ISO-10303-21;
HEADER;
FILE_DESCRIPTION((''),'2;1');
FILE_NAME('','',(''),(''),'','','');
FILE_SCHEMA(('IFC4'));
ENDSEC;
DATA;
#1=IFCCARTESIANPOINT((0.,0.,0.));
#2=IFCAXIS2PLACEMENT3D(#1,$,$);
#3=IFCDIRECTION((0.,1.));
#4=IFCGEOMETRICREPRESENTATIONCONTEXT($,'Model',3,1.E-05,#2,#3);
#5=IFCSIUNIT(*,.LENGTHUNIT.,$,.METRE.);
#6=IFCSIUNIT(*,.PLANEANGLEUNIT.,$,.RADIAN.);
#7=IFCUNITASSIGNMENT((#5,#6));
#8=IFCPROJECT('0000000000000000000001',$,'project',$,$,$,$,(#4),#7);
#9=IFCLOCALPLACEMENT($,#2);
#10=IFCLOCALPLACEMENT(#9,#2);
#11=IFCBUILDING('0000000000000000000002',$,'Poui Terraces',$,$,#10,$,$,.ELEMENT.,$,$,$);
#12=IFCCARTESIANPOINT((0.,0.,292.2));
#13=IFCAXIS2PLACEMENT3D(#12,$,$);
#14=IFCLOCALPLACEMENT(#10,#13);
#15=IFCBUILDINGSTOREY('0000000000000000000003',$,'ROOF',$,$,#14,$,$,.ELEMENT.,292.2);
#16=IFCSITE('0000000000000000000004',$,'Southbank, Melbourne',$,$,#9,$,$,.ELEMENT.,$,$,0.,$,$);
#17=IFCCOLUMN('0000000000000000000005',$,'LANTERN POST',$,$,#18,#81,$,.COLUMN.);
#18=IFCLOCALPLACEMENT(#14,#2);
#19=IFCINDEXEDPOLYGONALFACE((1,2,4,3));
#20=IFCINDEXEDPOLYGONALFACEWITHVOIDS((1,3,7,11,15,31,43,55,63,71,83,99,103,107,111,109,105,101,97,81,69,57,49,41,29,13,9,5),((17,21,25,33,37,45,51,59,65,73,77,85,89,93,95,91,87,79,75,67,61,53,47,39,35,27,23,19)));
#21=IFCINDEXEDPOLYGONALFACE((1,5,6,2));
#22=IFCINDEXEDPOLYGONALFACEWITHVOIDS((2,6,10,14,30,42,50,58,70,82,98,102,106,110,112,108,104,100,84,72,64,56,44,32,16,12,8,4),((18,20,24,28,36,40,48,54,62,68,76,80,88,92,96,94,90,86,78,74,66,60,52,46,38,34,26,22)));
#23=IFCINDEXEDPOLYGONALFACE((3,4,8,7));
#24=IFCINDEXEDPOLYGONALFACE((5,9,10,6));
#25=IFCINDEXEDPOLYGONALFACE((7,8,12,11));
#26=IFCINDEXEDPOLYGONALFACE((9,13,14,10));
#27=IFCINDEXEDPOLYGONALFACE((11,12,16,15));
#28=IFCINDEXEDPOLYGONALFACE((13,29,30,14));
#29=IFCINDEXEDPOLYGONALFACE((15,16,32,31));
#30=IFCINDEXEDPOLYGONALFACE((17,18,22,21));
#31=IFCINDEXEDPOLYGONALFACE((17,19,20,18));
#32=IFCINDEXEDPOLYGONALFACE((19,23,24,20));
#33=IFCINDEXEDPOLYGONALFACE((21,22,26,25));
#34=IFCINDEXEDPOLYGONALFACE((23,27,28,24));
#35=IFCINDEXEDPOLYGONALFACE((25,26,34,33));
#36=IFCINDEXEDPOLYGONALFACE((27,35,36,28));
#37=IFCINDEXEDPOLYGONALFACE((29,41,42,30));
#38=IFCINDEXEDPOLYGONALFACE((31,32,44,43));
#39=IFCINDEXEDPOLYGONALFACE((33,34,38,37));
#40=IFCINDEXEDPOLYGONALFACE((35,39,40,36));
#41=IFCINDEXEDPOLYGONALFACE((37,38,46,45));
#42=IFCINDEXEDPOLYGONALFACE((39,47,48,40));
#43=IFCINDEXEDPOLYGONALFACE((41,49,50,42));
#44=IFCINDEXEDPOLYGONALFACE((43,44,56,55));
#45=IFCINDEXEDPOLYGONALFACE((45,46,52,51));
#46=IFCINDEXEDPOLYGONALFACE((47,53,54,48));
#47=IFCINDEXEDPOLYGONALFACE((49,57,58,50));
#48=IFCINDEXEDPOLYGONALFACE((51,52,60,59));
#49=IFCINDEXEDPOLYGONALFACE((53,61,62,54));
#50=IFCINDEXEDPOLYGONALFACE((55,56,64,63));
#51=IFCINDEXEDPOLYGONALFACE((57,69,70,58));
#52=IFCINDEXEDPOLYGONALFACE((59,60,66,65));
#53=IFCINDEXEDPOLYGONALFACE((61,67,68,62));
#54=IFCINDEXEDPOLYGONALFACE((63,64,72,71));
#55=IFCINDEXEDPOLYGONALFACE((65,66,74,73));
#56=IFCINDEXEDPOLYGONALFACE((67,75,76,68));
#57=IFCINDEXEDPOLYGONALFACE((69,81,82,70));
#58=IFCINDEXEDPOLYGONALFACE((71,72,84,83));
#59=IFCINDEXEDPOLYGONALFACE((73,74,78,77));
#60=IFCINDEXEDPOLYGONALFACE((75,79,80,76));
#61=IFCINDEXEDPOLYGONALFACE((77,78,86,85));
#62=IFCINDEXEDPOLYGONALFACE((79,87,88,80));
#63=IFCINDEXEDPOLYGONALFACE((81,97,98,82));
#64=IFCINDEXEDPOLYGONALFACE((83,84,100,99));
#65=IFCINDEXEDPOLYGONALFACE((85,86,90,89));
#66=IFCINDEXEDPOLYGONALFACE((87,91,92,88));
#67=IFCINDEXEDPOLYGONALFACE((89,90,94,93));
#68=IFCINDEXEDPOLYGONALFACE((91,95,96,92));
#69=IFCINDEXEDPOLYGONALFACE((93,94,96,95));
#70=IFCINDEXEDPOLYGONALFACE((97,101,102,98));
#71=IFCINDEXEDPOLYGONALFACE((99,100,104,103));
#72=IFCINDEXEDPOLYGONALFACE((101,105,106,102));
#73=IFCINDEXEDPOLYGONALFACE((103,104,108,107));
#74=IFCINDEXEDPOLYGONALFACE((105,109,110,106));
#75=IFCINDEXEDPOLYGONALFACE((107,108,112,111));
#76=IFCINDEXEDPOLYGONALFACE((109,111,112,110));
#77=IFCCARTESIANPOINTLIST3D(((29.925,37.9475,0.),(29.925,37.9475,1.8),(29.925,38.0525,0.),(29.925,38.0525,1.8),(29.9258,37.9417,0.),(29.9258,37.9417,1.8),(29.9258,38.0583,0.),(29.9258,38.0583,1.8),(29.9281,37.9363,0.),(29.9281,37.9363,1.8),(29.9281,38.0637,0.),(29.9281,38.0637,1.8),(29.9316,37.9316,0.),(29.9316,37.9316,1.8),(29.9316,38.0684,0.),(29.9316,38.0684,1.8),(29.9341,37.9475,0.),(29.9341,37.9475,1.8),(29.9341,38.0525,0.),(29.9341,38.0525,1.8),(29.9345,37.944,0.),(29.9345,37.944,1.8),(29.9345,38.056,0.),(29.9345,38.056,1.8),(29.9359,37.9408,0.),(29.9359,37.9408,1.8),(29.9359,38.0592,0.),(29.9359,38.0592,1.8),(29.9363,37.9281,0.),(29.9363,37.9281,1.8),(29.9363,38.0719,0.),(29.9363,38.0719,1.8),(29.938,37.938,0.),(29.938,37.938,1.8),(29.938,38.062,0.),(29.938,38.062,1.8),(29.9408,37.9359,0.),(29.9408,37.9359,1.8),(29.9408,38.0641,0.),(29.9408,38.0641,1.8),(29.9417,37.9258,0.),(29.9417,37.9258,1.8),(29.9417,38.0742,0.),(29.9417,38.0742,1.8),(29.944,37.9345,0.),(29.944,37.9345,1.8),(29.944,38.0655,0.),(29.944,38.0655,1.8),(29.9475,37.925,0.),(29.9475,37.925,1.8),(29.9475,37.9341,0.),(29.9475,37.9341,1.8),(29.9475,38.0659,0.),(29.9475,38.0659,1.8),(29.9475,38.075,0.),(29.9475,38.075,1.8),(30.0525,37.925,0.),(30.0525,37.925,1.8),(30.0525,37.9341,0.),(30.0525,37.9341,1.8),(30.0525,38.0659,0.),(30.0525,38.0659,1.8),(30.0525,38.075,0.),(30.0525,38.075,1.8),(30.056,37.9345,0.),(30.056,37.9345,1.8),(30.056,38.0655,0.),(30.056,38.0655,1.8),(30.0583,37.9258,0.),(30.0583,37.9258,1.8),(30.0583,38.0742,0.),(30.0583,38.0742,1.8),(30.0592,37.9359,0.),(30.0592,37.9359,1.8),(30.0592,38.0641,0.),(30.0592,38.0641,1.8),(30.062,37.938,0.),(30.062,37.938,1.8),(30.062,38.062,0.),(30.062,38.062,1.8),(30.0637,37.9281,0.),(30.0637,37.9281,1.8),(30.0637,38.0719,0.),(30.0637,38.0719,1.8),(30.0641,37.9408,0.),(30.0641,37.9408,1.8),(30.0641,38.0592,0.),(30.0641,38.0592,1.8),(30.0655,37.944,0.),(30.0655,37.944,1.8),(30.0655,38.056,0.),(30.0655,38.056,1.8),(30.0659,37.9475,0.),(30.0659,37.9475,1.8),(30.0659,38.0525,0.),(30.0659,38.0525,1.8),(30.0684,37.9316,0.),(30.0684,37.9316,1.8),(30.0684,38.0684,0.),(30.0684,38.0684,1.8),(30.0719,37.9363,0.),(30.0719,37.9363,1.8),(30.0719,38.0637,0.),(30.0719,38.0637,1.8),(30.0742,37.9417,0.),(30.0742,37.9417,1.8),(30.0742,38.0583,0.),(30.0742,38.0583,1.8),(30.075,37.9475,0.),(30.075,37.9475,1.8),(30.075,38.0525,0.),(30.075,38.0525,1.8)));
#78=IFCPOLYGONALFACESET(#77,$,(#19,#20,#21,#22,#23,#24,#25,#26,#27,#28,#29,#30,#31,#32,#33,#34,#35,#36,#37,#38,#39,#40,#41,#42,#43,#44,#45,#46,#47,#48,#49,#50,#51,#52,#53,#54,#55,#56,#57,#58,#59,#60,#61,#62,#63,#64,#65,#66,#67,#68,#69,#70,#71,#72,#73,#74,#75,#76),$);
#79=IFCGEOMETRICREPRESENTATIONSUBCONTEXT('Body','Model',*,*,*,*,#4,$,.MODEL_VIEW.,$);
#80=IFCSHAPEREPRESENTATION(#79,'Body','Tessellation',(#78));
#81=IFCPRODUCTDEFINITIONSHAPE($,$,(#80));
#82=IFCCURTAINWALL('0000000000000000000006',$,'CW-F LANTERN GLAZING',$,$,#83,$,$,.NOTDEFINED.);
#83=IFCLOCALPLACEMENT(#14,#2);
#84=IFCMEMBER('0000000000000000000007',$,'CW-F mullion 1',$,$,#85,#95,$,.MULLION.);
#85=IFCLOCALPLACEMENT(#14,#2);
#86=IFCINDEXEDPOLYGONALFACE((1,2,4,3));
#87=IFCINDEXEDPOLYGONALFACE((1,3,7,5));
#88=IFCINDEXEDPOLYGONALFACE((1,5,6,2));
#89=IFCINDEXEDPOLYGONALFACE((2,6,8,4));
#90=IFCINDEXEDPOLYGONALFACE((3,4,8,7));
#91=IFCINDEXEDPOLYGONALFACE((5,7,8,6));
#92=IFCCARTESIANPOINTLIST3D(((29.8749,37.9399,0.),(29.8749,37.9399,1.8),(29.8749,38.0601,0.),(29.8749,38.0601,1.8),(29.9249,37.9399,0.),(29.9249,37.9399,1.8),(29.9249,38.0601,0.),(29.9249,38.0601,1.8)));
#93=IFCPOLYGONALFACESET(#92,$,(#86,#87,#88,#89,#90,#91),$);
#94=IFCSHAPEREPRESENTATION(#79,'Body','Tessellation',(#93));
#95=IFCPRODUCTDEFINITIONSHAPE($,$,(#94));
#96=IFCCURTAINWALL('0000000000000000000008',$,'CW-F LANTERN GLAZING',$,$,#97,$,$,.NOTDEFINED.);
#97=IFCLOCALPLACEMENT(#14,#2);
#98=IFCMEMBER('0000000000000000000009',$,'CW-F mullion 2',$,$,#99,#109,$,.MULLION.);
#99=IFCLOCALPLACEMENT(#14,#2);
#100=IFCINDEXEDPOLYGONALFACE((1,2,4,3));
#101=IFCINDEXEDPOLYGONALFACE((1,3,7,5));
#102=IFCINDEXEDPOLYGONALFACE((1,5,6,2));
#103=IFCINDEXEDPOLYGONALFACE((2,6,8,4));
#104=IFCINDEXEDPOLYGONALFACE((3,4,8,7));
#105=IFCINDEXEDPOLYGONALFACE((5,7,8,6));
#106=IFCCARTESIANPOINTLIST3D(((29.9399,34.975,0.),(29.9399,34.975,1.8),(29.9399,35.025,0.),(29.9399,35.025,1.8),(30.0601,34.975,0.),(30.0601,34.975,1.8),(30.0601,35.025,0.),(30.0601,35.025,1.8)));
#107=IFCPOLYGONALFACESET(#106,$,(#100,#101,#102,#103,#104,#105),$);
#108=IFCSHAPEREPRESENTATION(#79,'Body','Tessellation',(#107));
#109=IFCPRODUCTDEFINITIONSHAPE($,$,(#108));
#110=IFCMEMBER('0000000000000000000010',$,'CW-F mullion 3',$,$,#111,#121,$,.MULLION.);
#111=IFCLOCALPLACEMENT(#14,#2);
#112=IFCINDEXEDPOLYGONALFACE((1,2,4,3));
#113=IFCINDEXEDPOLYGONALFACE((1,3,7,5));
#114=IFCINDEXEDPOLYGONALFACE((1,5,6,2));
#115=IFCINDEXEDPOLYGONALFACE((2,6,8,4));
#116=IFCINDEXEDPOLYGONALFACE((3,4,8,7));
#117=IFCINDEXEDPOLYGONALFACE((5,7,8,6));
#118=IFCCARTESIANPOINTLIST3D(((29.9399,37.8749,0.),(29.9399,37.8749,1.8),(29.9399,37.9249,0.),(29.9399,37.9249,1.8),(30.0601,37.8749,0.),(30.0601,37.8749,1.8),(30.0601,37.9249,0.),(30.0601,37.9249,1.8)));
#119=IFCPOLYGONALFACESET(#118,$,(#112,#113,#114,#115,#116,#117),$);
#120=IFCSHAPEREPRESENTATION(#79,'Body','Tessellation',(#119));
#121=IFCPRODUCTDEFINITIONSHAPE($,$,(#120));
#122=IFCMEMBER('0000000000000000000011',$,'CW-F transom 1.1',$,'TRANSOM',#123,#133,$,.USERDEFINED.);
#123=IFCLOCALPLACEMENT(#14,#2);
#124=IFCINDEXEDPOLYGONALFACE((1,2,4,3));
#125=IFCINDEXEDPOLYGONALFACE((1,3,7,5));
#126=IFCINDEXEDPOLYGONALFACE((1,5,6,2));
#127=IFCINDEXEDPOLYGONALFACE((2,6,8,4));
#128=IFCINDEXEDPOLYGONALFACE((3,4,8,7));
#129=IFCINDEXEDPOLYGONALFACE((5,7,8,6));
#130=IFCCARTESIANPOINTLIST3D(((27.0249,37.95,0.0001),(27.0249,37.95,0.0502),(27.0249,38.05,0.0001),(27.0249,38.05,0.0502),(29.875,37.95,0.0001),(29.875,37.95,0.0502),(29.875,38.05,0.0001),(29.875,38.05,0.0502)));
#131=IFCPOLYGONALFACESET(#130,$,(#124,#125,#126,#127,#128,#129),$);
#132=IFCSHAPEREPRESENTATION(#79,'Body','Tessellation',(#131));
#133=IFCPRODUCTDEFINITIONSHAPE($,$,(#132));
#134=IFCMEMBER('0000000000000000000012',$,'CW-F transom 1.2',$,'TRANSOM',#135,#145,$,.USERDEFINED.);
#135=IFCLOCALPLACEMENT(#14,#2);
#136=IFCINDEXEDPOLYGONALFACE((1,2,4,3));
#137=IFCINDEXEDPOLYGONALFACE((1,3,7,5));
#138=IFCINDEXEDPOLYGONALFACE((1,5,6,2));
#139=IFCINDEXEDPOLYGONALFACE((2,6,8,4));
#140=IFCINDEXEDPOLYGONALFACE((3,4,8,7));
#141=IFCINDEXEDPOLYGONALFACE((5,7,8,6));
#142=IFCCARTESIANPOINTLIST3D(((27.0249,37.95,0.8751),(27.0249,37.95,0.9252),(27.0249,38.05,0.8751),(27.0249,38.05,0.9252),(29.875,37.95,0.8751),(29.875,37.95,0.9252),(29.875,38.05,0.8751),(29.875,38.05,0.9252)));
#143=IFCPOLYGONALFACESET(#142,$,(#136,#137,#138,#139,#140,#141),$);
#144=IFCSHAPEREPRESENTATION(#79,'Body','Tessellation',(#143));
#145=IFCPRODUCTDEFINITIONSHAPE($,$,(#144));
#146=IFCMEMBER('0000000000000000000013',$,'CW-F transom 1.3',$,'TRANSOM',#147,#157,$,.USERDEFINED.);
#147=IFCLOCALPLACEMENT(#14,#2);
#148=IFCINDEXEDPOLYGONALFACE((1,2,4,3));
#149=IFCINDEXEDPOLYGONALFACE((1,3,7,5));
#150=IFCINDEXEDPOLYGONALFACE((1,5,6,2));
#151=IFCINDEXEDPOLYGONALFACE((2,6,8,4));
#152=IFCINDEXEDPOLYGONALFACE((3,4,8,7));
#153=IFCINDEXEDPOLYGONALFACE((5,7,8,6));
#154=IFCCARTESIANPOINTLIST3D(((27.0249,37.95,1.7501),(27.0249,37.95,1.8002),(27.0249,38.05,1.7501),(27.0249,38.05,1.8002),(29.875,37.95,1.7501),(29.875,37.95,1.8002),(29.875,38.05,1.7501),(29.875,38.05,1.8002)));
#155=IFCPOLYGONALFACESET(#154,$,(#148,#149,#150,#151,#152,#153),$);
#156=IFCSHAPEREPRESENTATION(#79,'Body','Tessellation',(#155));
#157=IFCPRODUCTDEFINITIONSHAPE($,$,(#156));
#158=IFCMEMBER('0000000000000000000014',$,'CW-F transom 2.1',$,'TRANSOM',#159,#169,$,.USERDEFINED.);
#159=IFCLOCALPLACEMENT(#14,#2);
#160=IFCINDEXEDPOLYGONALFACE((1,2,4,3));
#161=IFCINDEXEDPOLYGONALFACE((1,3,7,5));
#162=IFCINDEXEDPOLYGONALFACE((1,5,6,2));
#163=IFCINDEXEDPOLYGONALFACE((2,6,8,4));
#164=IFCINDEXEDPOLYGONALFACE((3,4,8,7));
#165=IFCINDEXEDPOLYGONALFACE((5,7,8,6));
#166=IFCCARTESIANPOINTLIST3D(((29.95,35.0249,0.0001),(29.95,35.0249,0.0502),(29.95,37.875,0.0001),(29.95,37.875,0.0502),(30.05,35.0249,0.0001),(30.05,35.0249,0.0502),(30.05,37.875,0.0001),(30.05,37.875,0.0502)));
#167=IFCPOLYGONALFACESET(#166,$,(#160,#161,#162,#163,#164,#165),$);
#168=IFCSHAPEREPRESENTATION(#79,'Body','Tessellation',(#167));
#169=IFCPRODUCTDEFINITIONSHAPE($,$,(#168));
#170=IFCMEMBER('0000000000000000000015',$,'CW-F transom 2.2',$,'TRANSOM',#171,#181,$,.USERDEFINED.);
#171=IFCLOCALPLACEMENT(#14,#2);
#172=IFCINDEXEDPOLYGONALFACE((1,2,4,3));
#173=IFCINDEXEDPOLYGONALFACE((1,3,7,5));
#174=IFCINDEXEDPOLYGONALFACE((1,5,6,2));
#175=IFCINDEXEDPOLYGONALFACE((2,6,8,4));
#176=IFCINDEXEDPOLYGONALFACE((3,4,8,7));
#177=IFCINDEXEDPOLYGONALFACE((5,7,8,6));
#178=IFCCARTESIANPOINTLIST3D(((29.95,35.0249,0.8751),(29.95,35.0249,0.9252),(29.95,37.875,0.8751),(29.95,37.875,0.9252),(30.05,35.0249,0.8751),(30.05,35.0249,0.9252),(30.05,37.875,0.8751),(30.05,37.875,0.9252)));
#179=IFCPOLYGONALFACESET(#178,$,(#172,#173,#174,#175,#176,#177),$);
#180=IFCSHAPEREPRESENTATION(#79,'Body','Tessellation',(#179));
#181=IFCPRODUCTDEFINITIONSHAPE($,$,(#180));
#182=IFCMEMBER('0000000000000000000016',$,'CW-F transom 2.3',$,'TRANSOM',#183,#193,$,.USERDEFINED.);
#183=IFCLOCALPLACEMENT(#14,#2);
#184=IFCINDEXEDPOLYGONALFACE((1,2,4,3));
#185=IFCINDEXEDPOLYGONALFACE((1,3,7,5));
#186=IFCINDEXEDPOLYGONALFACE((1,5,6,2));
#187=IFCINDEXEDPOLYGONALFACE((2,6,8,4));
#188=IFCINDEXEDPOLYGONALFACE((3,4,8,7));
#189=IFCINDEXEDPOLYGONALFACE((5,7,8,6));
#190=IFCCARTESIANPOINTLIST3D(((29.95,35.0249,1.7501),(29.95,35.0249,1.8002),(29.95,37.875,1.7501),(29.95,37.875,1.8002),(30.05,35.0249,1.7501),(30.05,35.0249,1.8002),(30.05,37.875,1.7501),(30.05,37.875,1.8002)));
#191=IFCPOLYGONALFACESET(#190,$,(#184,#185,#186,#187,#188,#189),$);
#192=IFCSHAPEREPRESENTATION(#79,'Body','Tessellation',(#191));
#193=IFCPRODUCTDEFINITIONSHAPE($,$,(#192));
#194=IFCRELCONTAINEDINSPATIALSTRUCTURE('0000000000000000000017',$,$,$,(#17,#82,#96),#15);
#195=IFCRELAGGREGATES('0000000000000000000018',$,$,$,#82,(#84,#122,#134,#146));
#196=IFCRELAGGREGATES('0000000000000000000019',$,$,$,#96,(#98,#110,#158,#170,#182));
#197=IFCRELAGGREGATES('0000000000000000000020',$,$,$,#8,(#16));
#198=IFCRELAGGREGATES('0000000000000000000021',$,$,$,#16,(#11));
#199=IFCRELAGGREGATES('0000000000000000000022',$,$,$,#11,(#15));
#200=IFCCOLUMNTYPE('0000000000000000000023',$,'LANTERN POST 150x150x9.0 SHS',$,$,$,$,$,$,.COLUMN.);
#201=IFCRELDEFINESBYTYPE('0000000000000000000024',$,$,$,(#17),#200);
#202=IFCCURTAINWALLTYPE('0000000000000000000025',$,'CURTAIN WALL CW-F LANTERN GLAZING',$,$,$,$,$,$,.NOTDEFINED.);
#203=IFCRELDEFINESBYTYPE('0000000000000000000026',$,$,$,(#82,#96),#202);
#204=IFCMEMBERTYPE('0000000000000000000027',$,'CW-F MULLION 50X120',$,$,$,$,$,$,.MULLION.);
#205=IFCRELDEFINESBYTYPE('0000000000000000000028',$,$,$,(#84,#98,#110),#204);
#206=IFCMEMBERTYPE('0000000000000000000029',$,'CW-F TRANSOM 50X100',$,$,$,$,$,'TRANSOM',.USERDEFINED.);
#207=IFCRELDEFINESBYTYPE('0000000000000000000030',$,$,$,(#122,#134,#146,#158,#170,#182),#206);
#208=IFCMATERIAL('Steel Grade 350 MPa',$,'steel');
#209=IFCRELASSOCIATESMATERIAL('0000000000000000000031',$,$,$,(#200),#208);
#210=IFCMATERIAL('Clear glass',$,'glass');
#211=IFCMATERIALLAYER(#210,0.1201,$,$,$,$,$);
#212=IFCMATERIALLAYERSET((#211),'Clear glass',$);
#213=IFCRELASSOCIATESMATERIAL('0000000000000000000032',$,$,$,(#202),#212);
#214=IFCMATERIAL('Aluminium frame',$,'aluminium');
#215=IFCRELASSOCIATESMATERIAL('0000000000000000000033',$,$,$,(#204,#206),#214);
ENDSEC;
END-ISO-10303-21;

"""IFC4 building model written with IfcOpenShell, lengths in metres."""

from ifc_helpers import new_model, si_unit, direction, frame, origin, origin_2d, place, context, subcontext, project, spatial, rectangle, hollow_rectangle, extrude, source, transform, mapped, material, layer, layer_set, material_profile, profile_set, type_object, element, aggregate, save


model = new_model("IFC4")

# Units and contexts
model_context = context("Model", 3, precision=1e-05, world=origin(), true_north=direction((0.0, 1.0)))
body_context = subcontext(model_context, "Body", "Model", "MODEL_VIEW")
ifc_project = project(units=[si_unit("LENGTHUNIT", "METRE"), si_unit("PLANEANGLEUNIT", "RADIAN")], contexts=[model_context])

# Site, building, storey
site_placement = place(None, origin())
site = spatial("IfcSite", under=ifc_project, at=site_placement, Name="Southbank, Melbourne", CompositionType="ELEMENT", RefElevation=0.0)
building_placement = place(site_placement, origin())
building = spatial("IfcBuilding", under=site, at=building_placement, Name="Poui Terraces", CompositionType="ELEMENT")
storey_placement = place(building_placement, frame((0.0, 0.0, 292.2)))
storey = spatial("IfcBuildingStorey", under=building, at=storey_placement, Name="ROOF", CompositionType="ELEMENT", Elevation=292.2)

# Column
ifc_material_1 = material(Name="Steel Grade 350 MPa", Category="steel")
ifc_material_profile_1 = material_profile(ifc_material_1, hollow_rectangle(XDim=0.1499, YDim=0.1499, WallThickness=0.009, InnerFilletRadius=0.0134, OuterFilletRadius=0.0225, at=origin_2d()), Name="150x150x9.0 SHS")
ifc_profile_set_1 = profile_set([ifc_material_profile_1], Name="Steel Grade 350 MPa")
column_type_1 = type_object("IfcColumnType", Name="LANTERN POST 150x150x9.0 SHS", PredefinedType="COLUMN", material=ifc_profile_set_1)
shared_shape_1 = source(origin(), body_context, "Body", "SweptSolid", [
    extrude(hollow_rectangle(XDim=0.1499, YDim=0.1499, WallThickness=0.009, InnerFilletRadius=0.0134, OuterFilletRadius=0.0225, at=origin_2d()), origin(), (0.0, 0.0, 1.0), 1.8),
])
column_placement = place(storey_placement, frame((30.0, 38.0, 0.0), z_axis=(0.0, 0.0, 1.0), x_axis=(1.0, 0.0, 0.0)))
element("IfcColumn", 1, at=column_placement, inside=storey, type_object=column_type_1, Name="LANTERN POST", PredefinedType="COLUMN", context=body_context, shape_type="MappedRepresentation", body=[
    mapped(shared_shape_1, transform((0.0, 0.0, 0.0))),
])

# Curtain wall, member
ifc_material_2 = material(Name="Clear glass", Category="glass")
ifc_layer_1 = layer(ifc_material_2, 0.1201)
ifc_layer_set_1 = layer_set([ifc_layer_1], Name="Clear glass")
curtain_wall_type = type_object("IfcCurtainWallType", Name="CURTAIN WALL CW-F LANTERN GLAZING", PredefinedType="NOTDEFINED", material=ifc_layer_set_1)
curtain_wall_1_placement = place(storey_placement, origin())
curtain_wall_1 = element("IfcCurtainWall", 2, at=curtain_wall_1_placement, inside=storey, type_object=curtain_wall_type, Name="CW-F LANTERN GLAZING", PredefinedType="NOTDEFINED")
ifc_material_3 = material(Name="Aluminium frame", Category="aluminium")
ifc_material_profile_2 = material_profile(ifc_material_3, rectangle(XDim=0.1201, YDim=0.05, at=origin_2d()), Name="CW-F MULLION 50X120")
ifc_profile_set_2 = profile_set([ifc_material_profile_2], Name="Aluminium frame")
member_type_1 = type_object("IfcMemberType", Name="CW-F MULLION 50X120", PredefinedType="MULLION", material=ifc_profile_set_2)
member_1_placement = place(storey_placement, frame((29.8999, 38.0, 0.0), z_axis=(0.0, 0.0, 1.0), x_axis=(0.0, -1.0, 0.0)))
member_1 = element("IfcMember", 3, at=member_1_placement, type_object=member_type_1, Name="CW-F mullion 1", PredefinedType="MULLION", context=body_context, shape_type="SweptSolid", body=[
    extrude(rectangle(XDim=0.1201, YDim=0.05, at=origin_2d()), origin(), (0.0, 0.0, 1.0), 1.8),
])

# Curtain wall, members
curtain_wall_2_placement = place(storey_placement, origin())
curtain_wall_2 = element("IfcCurtainWall", 4, at=curtain_wall_2_placement, inside=storey, type_object=curtain_wall_type, Name="CW-F LANTERN GLAZING", PredefinedType="NOTDEFINED")
member_2_placement = place(storey_placement, frame((30.0, 35.0, 0.0), z_axis=(0.0, 0.0, 1.0), x_axis=(-1.0, 0.0, 0.0)))
member_2 = element("IfcMember", 5, at=member_2_placement, type_object=member_type_1, Name="CW-F mullion 2", PredefinedType="MULLION", context=body_context, shape_type="SweptSolid", body=[
    extrude(rectangle(XDim=0.1201, YDim=0.05, at=origin_2d()), origin(), (0.0, 0.0, 1.0), 1.8),
])
member_3_placement = place(storey_placement, frame((30.0, 37.8999, 0.0), z_axis=(0.0, 0.0, 1.0), x_axis=(-1.0, 0.0, 0.0)))
member_3 = element("IfcMember", 6, at=member_3_placement, type_object=member_type_1, Name="CW-F mullion 3", PredefinedType="MULLION", context=body_context, shape_type="SweptSolid", body=[
    extrude(rectangle(XDim=0.1201, YDim=0.05, at=origin_2d()), origin(), (0.0, 0.0, 1.0), 1.8),
])

# Members
ifc_material_profile_3 = material_profile(ifc_material_3, rectangle(XDim=0.1001, YDim=0.05, at=origin_2d()), Name="CW-F TRANSOM 50X100")
ifc_profile_set_3 = profile_set([ifc_material_profile_3], Name="Aluminium frame")
member_type_2 = type_object("IfcMemberType", Name="CW-F TRANSOM 50X100", ElementType="TRANSOM", PredefinedType="USERDEFINED", material=ifc_profile_set_3)
member_4_placement = place(storey_placement, frame((29.875, 38.0, 0.0251), z_axis=(-1.0, 0.0, 0.0), x_axis=(0.0, -1.0, 0.0)))
member_4 = element("IfcMember", 7, at=member_4_placement, type_object=member_type_2, Name="CW-F transom 1.1", ObjectType="TRANSOM", PredefinedType="USERDEFINED", context=body_context, shape_type="SweptSolid", body=[
    extrude(rectangle(XDim=0.1001, YDim=0.05, at=origin_2d()), origin(), (0.0, 0.0, 1.0), 2.8501),
])
member_5_placement = place(storey_placement, frame((29.875, 38.0, 0.9001), z_axis=(-1.0, 0.0, 0.0), x_axis=(0.0, -1.0, 0.0)))
member_5 = element("IfcMember", 8, at=member_5_placement, type_object=member_type_2, Name="CW-F transom 1.2", ObjectType="TRANSOM", PredefinedType="USERDEFINED", context=body_context, shape_type="SweptSolid", body=[
    extrude(rectangle(XDim=0.1001, YDim=0.05, at=origin_2d()), origin(), (0.0, 0.0, 1.0), 2.8501),
])
member_6_placement = place(storey_placement, frame((29.875, 38.0, 1.7751), z_axis=(-1.0, 0.0, 0.0), x_axis=(0.0, -1.0, 0.0)))
member_6 = element("IfcMember", 9, at=member_6_placement, type_object=member_type_2, Name="CW-F transom 1.3", ObjectType="TRANSOM", PredefinedType="USERDEFINED", context=body_context, shape_type="SweptSolid", body=[
    extrude(rectangle(XDim=0.1001, YDim=0.05, at=origin_2d()), origin(), (0.0, 0.0, 1.0), 2.8501),
])
aggregate(curtain_wall_1, [member_1, member_4, member_5, member_6])
member_7_placement = place(storey_placement, frame((30.0, 35.0249, 0.0251), z_axis=(0.0, 1.0, 0.0), x_axis=(-1.0, 0.0, 0.0)))
member_7 = element("IfcMember", 10, at=member_7_placement, type_object=member_type_2, Name="CW-F transom 2.1", ObjectType="TRANSOM", PredefinedType="USERDEFINED", context=body_context, shape_type="SweptSolid", body=[
    extrude(rectangle(XDim=0.1001, YDim=0.05, at=origin_2d()), origin(), (0.0, 0.0, 1.0), 2.8501),
])
member_8_placement = place(storey_placement, frame((30.0, 35.0249, 0.9001), z_axis=(0.0, 1.0, 0.0), x_axis=(-1.0, 0.0, 0.0)))
member_8 = element("IfcMember", 11, at=member_8_placement, type_object=member_type_2, Name="CW-F transom 2.2", ObjectType="TRANSOM", PredefinedType="USERDEFINED", context=body_context, shape_type="SweptSolid", body=[
    extrude(rectangle(XDim=0.1001, YDim=0.05, at=origin_2d()), origin(), (0.0, 0.0, 1.0), 2.8501),
])
member_9_placement = place(storey_placement, frame((30.0, 35.0249, 1.7751), z_axis=(0.0, 1.0, 0.0), x_axis=(-1.0, 0.0, 0.0)))
member_9 = element("IfcMember", 12, at=member_9_placement, type_object=member_type_2, Name="CW-F transom 2.3", ObjectType="TRANSOM", PredefinedType="USERDEFINED", context=body_context, shape_type="SweptSolid", body=[
    extrude(rectangle(XDim=0.1001, YDim=0.05, at=origin_2d()), origin(), (0.0, 0.0, 1.0), 2.8501),
])

aggregate(curtain_wall_2, [member_2, member_3, member_7, member_8, member_9])

save(model, "model.ifc")
